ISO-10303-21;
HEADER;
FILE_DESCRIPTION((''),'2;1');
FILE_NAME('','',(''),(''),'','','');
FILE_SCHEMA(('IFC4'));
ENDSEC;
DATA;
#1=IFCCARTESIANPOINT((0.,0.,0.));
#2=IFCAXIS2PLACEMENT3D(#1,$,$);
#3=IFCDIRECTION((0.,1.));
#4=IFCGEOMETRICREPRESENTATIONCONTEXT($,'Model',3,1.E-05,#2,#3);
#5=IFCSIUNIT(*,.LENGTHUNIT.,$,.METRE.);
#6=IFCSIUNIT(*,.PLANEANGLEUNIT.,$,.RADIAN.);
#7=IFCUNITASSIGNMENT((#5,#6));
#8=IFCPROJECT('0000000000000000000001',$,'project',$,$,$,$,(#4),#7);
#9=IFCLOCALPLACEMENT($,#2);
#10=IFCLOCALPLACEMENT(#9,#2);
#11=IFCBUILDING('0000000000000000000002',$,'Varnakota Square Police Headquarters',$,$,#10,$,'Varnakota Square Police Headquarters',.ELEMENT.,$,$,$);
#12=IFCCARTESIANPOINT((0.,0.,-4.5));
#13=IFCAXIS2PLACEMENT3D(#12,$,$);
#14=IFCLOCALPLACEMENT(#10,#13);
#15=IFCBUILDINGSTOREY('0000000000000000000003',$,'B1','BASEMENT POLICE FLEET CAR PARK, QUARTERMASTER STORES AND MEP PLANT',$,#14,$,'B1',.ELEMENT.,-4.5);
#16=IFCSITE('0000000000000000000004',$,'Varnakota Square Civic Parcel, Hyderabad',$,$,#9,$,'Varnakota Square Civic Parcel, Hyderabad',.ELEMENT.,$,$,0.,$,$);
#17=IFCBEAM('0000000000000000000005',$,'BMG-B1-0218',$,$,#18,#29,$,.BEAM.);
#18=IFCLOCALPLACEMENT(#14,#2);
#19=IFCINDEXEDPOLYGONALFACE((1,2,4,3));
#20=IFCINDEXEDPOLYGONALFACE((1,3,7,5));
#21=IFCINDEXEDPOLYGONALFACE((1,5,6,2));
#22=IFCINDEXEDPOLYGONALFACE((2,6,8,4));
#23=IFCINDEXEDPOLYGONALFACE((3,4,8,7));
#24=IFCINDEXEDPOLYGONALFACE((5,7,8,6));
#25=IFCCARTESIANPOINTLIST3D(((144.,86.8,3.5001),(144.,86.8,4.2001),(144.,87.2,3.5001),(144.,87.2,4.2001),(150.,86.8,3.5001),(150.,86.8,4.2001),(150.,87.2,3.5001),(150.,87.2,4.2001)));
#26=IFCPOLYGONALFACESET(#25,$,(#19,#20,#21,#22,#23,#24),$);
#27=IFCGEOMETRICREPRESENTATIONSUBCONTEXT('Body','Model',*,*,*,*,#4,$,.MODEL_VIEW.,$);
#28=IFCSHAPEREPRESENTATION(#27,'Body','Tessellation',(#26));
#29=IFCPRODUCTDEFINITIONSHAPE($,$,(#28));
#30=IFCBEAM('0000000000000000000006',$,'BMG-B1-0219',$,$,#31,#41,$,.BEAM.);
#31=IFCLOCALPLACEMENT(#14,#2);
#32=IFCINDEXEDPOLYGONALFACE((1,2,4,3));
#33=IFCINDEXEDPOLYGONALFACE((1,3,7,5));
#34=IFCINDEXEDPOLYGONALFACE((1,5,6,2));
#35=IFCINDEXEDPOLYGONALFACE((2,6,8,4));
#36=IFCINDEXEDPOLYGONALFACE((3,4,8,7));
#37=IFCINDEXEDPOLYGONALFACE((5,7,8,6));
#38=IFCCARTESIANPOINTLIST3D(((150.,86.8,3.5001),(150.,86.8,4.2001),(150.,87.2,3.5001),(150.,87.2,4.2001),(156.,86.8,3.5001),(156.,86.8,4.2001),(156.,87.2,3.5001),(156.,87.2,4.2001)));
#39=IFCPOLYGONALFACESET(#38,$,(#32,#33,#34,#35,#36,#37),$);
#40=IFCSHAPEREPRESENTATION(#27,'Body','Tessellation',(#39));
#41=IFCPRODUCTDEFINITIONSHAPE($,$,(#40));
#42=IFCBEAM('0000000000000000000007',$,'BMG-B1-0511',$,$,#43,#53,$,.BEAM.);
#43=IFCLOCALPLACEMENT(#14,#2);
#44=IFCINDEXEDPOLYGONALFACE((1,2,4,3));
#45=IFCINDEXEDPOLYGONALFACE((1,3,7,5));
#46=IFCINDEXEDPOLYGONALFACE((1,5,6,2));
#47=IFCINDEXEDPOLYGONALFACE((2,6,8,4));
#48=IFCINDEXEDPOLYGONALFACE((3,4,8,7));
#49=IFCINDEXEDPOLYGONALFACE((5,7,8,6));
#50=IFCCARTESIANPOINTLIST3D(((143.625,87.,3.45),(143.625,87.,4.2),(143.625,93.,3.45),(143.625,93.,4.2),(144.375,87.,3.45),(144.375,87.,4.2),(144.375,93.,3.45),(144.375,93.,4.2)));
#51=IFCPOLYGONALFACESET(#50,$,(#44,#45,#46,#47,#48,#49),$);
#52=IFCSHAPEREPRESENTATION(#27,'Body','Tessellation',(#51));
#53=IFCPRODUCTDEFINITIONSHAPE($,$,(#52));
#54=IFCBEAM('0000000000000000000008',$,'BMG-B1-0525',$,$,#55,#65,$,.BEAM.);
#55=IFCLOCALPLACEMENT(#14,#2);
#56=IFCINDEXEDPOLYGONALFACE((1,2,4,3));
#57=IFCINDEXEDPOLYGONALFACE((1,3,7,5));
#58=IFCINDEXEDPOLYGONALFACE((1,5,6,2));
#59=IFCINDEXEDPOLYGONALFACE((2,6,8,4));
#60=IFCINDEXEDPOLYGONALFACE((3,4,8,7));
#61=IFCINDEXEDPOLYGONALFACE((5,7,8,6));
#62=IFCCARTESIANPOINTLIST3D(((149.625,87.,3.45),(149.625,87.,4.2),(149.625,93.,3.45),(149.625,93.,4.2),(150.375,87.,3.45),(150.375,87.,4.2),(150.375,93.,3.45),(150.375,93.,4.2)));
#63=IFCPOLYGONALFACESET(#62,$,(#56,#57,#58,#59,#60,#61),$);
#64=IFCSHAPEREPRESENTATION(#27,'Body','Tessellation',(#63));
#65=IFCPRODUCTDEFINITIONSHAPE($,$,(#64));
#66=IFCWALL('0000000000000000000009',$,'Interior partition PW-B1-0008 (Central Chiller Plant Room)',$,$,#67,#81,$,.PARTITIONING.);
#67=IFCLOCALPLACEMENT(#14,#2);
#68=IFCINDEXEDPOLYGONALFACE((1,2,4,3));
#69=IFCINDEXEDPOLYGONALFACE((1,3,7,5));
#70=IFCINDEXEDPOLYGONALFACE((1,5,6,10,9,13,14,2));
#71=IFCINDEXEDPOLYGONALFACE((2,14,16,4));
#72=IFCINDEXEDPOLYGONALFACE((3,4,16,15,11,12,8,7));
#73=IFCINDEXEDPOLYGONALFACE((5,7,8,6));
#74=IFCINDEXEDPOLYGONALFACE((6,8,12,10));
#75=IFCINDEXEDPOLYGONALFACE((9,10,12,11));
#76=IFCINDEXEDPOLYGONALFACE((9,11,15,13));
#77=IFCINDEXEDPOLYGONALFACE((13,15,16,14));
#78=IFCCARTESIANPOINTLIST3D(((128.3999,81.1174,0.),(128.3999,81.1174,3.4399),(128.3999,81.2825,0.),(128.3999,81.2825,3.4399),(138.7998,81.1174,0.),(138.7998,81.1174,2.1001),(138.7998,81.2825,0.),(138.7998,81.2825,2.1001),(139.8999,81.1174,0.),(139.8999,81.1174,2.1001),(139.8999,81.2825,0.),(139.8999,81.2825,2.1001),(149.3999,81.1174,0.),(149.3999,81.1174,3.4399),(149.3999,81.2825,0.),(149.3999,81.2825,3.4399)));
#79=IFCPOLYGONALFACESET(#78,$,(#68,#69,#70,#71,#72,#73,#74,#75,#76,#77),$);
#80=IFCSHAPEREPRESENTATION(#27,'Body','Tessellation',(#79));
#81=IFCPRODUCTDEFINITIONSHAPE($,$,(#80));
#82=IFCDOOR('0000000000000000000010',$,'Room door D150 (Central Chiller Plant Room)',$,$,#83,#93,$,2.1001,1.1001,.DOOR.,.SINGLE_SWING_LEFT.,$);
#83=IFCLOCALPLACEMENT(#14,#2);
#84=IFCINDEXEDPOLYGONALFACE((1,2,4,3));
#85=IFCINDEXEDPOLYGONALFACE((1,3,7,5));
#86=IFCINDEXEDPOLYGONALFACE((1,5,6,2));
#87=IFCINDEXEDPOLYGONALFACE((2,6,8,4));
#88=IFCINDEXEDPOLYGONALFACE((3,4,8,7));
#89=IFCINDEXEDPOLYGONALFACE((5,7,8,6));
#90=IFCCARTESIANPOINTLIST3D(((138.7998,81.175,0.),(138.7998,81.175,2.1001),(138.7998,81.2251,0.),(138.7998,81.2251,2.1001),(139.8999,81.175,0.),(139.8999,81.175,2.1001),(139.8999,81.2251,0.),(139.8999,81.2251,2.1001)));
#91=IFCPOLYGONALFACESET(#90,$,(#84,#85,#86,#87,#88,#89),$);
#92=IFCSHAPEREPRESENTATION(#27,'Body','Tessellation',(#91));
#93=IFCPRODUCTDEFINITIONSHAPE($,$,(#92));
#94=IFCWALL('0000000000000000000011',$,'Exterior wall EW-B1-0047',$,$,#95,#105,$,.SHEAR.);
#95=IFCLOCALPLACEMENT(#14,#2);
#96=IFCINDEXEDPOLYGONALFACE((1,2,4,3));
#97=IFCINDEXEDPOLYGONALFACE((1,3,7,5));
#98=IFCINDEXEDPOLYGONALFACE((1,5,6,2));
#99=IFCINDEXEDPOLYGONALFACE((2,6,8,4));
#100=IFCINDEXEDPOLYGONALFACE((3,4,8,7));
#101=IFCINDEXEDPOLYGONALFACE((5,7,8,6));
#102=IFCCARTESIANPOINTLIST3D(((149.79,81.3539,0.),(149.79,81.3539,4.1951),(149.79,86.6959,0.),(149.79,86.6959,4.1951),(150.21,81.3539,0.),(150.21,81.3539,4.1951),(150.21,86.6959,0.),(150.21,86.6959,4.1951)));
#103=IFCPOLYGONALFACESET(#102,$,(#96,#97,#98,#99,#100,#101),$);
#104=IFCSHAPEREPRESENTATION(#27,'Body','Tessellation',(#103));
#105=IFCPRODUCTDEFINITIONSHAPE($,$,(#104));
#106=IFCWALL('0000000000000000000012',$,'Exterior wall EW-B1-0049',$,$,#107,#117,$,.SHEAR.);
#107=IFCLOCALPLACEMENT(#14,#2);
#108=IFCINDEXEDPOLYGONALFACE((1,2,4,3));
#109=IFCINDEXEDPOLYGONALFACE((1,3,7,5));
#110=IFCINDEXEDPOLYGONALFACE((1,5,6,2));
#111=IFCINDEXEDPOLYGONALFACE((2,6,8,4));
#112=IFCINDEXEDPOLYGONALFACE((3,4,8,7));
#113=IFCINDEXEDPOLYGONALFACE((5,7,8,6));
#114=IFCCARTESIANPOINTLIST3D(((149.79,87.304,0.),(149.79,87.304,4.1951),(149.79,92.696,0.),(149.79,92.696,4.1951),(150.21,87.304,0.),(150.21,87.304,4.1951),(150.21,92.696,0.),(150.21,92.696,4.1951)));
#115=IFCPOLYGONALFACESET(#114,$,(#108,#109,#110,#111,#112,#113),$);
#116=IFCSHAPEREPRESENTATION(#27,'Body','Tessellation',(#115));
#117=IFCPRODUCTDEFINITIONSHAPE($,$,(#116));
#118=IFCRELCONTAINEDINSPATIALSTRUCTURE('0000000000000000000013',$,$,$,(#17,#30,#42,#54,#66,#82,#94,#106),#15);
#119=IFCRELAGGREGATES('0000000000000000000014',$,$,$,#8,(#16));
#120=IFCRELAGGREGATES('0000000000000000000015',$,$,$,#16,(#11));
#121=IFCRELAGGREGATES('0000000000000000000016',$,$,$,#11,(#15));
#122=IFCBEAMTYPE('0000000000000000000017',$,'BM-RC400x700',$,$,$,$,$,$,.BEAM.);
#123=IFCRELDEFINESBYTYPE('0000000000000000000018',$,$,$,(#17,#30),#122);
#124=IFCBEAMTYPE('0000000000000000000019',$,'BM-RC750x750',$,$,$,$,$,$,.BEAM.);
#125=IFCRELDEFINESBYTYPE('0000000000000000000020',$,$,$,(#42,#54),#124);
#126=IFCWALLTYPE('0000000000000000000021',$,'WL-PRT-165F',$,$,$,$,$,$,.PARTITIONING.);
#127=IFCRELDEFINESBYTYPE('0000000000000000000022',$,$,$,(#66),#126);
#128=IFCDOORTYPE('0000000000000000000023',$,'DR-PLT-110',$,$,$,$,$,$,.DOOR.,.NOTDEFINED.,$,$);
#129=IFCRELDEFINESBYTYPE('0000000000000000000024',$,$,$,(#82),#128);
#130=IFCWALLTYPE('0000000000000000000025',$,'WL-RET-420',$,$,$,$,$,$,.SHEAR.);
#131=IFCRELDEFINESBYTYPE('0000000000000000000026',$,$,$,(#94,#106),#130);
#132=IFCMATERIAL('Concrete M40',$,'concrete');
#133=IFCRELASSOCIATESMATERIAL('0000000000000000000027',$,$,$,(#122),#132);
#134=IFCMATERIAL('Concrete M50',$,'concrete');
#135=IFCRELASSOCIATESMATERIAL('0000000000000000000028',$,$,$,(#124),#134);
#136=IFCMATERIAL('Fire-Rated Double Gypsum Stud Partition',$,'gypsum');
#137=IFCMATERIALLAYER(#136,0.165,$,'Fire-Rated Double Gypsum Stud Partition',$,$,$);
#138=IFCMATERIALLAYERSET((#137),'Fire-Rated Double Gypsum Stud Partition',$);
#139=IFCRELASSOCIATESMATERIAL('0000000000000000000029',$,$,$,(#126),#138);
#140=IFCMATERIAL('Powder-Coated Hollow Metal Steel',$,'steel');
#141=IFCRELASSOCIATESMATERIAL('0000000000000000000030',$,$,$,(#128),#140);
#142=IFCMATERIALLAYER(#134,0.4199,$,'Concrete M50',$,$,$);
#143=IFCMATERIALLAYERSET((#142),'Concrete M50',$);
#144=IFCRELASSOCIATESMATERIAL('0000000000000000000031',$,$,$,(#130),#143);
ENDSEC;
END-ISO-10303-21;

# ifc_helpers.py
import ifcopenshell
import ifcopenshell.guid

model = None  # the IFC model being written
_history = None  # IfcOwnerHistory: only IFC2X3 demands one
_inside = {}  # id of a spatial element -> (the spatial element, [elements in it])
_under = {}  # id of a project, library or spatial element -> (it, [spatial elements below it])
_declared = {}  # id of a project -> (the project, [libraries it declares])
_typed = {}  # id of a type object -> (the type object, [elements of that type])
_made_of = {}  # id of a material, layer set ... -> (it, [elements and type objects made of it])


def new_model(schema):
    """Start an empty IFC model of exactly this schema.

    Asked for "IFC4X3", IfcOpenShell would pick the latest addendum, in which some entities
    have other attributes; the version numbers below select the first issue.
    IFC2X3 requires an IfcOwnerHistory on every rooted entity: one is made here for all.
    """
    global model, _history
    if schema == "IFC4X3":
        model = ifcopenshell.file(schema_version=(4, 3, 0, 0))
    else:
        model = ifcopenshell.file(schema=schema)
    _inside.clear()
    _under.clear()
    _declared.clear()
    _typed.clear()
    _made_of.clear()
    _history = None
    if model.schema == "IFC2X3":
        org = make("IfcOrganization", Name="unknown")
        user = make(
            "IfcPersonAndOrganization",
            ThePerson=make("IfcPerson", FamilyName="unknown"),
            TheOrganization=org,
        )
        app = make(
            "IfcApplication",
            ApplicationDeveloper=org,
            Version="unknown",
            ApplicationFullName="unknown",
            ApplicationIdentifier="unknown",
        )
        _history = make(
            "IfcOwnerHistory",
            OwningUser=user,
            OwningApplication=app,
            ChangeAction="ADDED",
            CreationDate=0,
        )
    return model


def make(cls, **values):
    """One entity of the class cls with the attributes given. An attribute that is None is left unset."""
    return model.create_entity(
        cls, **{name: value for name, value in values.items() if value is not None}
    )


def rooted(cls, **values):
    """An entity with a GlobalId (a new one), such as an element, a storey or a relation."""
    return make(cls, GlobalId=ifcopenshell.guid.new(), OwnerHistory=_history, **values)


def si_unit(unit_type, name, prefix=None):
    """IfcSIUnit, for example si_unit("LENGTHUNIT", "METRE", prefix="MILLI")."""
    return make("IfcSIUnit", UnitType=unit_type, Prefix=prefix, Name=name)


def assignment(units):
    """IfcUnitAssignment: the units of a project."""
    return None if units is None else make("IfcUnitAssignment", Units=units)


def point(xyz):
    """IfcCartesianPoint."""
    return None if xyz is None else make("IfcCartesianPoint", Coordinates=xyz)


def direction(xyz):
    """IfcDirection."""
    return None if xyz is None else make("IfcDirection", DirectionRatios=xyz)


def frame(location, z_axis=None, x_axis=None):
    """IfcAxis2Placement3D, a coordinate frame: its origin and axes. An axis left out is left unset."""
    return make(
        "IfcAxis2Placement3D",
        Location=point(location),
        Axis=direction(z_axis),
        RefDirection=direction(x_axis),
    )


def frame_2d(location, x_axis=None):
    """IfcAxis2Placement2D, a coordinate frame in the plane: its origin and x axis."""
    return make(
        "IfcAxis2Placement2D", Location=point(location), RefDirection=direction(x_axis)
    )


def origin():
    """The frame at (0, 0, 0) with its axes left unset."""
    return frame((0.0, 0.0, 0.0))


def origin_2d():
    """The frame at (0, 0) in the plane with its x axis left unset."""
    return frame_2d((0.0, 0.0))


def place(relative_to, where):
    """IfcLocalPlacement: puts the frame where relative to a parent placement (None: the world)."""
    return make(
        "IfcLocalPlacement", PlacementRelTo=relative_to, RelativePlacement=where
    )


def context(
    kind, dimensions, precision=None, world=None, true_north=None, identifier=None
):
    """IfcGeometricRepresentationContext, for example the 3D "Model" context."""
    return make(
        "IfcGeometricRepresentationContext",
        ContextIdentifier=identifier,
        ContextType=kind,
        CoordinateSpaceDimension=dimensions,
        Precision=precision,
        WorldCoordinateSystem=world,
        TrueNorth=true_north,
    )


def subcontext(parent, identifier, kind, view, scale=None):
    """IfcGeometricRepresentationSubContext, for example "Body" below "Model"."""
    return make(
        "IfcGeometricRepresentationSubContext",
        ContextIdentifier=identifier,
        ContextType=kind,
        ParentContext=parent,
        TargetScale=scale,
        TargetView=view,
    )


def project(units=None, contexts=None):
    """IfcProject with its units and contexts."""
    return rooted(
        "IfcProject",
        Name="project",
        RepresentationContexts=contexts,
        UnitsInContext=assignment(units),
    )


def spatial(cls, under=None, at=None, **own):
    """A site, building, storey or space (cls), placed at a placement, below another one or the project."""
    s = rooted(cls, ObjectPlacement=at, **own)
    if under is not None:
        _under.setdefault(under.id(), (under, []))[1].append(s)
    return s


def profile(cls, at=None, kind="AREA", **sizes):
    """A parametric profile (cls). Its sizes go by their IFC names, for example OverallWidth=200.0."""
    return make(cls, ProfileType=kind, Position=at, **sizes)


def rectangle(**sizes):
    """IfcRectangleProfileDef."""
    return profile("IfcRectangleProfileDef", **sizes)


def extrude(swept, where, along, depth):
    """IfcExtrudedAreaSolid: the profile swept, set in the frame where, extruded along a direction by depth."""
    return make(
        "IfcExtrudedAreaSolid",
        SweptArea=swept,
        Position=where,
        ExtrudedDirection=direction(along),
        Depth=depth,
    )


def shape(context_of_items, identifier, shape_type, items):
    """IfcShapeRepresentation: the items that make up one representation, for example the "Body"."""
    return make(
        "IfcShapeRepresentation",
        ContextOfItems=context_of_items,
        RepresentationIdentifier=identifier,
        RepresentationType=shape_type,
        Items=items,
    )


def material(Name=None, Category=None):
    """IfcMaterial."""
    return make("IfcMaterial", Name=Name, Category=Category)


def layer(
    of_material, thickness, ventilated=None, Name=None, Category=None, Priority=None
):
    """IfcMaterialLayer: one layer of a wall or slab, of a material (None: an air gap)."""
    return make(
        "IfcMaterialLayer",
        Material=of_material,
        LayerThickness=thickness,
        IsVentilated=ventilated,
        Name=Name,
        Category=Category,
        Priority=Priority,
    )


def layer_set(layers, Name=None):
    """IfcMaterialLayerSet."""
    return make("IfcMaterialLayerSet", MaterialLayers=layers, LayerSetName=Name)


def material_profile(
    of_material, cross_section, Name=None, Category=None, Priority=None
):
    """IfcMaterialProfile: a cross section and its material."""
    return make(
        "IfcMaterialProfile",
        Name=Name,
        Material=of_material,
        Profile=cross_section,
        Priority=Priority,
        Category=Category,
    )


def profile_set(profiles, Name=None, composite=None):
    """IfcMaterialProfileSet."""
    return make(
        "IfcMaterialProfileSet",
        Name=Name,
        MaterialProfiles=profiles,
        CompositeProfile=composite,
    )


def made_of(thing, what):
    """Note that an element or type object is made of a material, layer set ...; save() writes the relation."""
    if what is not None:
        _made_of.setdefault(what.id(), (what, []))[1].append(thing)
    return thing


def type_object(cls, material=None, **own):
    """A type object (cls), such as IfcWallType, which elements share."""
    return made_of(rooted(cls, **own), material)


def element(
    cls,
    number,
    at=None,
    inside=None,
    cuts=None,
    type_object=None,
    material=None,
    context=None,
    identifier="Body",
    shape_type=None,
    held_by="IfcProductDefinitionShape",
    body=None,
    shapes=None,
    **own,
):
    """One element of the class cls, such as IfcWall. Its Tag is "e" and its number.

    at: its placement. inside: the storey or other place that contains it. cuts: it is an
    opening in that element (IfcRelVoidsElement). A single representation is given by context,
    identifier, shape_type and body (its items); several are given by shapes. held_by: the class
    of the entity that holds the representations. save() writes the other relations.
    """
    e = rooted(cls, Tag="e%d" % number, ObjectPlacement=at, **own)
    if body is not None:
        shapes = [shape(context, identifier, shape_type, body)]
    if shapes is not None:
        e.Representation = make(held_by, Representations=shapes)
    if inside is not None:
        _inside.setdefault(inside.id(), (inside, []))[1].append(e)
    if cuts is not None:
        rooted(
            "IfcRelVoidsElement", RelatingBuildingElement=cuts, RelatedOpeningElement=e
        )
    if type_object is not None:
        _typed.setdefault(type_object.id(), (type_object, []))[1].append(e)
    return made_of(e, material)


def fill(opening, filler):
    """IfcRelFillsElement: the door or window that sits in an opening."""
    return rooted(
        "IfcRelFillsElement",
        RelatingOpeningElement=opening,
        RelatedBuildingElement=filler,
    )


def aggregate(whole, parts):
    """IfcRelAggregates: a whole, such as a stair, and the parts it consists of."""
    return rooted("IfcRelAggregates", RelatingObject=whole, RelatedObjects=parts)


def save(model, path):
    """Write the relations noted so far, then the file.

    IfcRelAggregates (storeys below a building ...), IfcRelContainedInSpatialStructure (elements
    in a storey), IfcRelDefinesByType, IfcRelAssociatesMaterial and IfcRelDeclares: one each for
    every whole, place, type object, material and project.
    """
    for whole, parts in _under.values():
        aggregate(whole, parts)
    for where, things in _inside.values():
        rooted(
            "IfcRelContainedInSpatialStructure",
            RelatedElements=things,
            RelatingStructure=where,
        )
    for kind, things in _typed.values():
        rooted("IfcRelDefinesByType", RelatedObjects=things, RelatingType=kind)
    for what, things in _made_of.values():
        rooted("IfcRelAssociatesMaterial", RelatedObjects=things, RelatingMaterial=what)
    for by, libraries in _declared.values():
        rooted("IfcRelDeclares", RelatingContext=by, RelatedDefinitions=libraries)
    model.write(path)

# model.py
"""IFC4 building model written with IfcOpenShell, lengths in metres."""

from ifc_helpers import new_model, si_unit, direction, frame, frame_2d, origin, origin_2d, place, context, subcontext, project, spatial, rectangle, extrude, material, layer, layer_set, material_profile, profile_set, type_object, element, fill, save


model = new_model("IFC4")

# Units and contexts
model_context = context("Model", 3, precision=1e-05, world=origin(), true_north=direction((0.0, 1.0)))
body_context = subcontext(model_context, "Body", "Model", "MODEL_VIEW")
ifc_project = project(units=[si_unit("LENGTHUNIT", "METRE"), si_unit("PLANEANGLEUNIT", "RADIAN")], contexts=[model_context])

# Site, building, storey
site_placement = place(None, origin())
site = spatial("IfcSite", under=ifc_project, at=site_placement, Name="Varnakota Square Civic Parcel, Hyderabad", LongName="Varnakota Square Civic Parcel, Hyderabad", CompositionType="ELEMENT", RefElevation=0.0)
building_placement = place(site_placement, origin())
building = spatial("IfcBuilding", under=site, at=building_placement, Name="Varnakota Square Police Headquarters", LongName="Varnakota Square Police Headquarters", CompositionType="ELEMENT")
storey_placement = place(building_placement, frame((0.0, 0.0, -4.5)))
storey = spatial("IfcBuildingStorey", under=building, at=storey_placement, Name="B1", Description="BASEMENT POLICE FLEET CAR PARK, QUARTERMASTER STORES AND MEP PLANT", LongName="B1", CompositionType="ELEMENT", Elevation=-4.5)

# Shared definitions
ifc_material_1 = material(Name="Concrete M40", Category="concrete")

# Shared definitions
ifc_material_2 = material(Name="Concrete M50", Category="concrete")

# Beams
ifc_material_profile_1 = material_profile(ifc_material_1, rectangle(XDim=0.3999, YDim=0.7, at=origin_2d()), Name="RC 400x700")
ifc_profile_set_1 = profile_set([ifc_material_profile_1], Name="Concrete M40")
beam_type_1 = type_object("IfcBeamType", Name="BM-RC400x700", PredefinedType="BEAM", material=ifc_profile_set_1)
for number, where, z_axis, x_axis, name in (
    (1, (144.0, 87.0, 3.8501), (1.0, 0.0, 0.0), (0.0, 1.0, 0.0), "BMG-B1-0218"),
    (2, (150.0, 87.0, 3.8501), (1.0, 0.0, 0.0), (0.0, 1.0, 0.0), "BMG-B1-0219"),
):
    element("IfcBeam", number, at=place(storey_placement, frame(where, z_axis=z_axis, x_axis=x_axis)), inside=storey, type_object=beam_type_1, Name=name, PredefinedType="BEAM", context=body_context, shape_type="SweptSolid", body=[
        extrude(rectangle(XDim=0.3999, YDim=0.7, at=origin_2d()), origin(), (0.0, 0.0, 1.0), 6.0),
    ])
ifc_material_profile_2 = material_profile(ifc_material_2, rectangle(XDim=0.75, YDim=0.75, at=origin_2d()), Name="RC 750x750")
ifc_profile_set_2 = profile_set([ifc_material_profile_2], Name="Concrete M50")
beam_type_2 = type_object("IfcBeamType", Name="BM-RC750x750", PredefinedType="BEAM", material=ifc_profile_set_2)
for number, where, z_axis, x_axis, name in (
    (3, (144.0, 87.0, 3.825), (0.0, 1.0, 0.0), (-1.0, 0.0, 0.0), "BMG-B1-0511"),
    (4, (150.0, 87.0, 3.825), (0.0, 1.0, 0.0), (-1.0, 0.0, 0.0), "BMG-B1-0525"),
):
    element("IfcBeam", number, at=place(storey_placement, frame(where, z_axis=z_axis, x_axis=x_axis)), inside=storey, type_object=beam_type_2, Name=name, PredefinedType="BEAM", context=body_context, shape_type="SweptSolid", body=[
        extrude(rectangle(XDim=0.75, YDim=0.75, at=origin_2d()), origin(), (0.0, 0.0, 1.0), 6.0),
    ])

# Wall, opening, door
ifc_material_3 = material(Name="Fire-Rated Double Gypsum Stud Partition", Category="gypsum")
ifc_layer_1 = layer(ifc_material_3, 0.165, Name="Fire-Rated Double Gypsum Stud Partition")
ifc_layer_set_1 = layer_set([ifc_layer_1], Name="Fire-Rated Double Gypsum Stud Partition")
wall_type_1 = type_object("IfcWallType", Name="WL-PRT-165F", PredefinedType="PARTITIONING", material=ifc_layer_set_1)
wall_1_placement = place(storey_placement, frame((149.3999, 81.2, 0.0), z_axis=(0.0, 0.0, 1.0), x_axis=(-1.0, 0.0, 0.0)))
wall_1 = element("IfcWall", 5, at=wall_1_placement, inside=storey, type_object=wall_type_1, Name="Interior partition PW-B1-0008 (Central Chiller Plant Room)", PredefinedType="PARTITIONING", context=body_context, shape_type="SweptSolid", body=[
    extrude(rectangle(XDim=21.0, YDim=0.165, at=frame_2d((10.5, 0.0))), origin(), (0.0, 0.0, 1.0), 3.4399),
])
opening_placement = place(wall_1_placement, frame((9.5, 0.0, 0.0)))
opening = element("IfcOpeningElement", 6, at=opening_placement, cuts=wall_1, PredefinedType="OPENING", context=body_context, shape_type="SweptSolid", body=[
    extrude(rectangle(XDim=1.1001, YDim=2.1001, at=frame_2d((0.55, 1.05))), frame((0.0, 0.0925, 0.0), z_axis=(0.0, -1.0, 0.0), x_axis=(1.0, 0.0, 0.0)), (0.0, 0.0, 1.0), 0.1851),
])
ifc_material_4 = material(Name="Powder-Coated Hollow Metal Steel", Category="steel")
door_type = type_object("IfcDoorType", Name="DR-PLT-110", OperationType="NOTDEFINED", PredefinedType="DOOR", material=ifc_material_4)
door_placement = place(opening_placement, origin())
door = element("IfcDoor", 7, at=door_placement, inside=storey, type_object=door_type, Name="Room door D150 (Central Chiller Plant Room)", OperationType="SINGLE_SWING_LEFT", OverallHeight=2.1001, OverallWidth=1.1001, PredefinedType="DOOR", context=body_context, shape_type="SweptSolid", body=[
    extrude(rectangle(XDim=1.1001, YDim=2.1001, at=frame_2d((0.55, 1.05))), frame((0.0, 0.0249, 0.0), z_axis=(0.0, -1.0, 0.0), x_axis=(1.0, 0.0, 0.0)), (0.0, 0.0, 1.0), 0.05),
])
fill(opening, door)

# Walls
ifc_layer_2 = layer(ifc_material_2, 0.4199, Name="Concrete M50")
ifc_layer_set_2 = layer_set([ifc_layer_2], Name="Concrete M50")
wall_type_2 = type_object("IfcWallType", Name="WL-RET-420", PredefinedType="SHEAR", material=ifc_layer_set_2)
wall_2_placement = place(storey_placement, frame((150.0, 81.354, 0.0), z_axis=(0.0, 0.0, 1.0), x_axis=(0.0, 1.0, 0.0)))
element("IfcWall", 8, at=wall_2_placement, inside=storey, type_object=wall_type_2, Name="Exterior wall EW-B1-0047", PredefinedType="SHEAR", context=body_context, shape_type="SweptSolid", body=[
    extrude(rectangle(XDim=5.342, YDim=0.4199, at=frame_2d((2.6709, 0.0))), origin(), (0.0, 0.0, 1.0), 4.1951),
])
wall_3_placement = place(storey_placement, frame((150.0, 87.304, 0.0), z_axis=(0.0, 0.0, 1.0), x_axis=(0.0, 1.0, 0.0)))
element("IfcWall", 9, at=wall_3_placement, inside=storey, type_object=wall_type_2, Name="Exterior wall EW-B1-0049", PredefinedType="SHEAR", context=body_context, shape_type="SweptSolid", body=[
    extrude(rectangle(XDim=5.3921, YDim=0.4199, at=frame_2d((2.696, 0.0))), origin(), (0.0, 0.0, 1.0), 4.1951),
])

save(model, "model.ifc")
